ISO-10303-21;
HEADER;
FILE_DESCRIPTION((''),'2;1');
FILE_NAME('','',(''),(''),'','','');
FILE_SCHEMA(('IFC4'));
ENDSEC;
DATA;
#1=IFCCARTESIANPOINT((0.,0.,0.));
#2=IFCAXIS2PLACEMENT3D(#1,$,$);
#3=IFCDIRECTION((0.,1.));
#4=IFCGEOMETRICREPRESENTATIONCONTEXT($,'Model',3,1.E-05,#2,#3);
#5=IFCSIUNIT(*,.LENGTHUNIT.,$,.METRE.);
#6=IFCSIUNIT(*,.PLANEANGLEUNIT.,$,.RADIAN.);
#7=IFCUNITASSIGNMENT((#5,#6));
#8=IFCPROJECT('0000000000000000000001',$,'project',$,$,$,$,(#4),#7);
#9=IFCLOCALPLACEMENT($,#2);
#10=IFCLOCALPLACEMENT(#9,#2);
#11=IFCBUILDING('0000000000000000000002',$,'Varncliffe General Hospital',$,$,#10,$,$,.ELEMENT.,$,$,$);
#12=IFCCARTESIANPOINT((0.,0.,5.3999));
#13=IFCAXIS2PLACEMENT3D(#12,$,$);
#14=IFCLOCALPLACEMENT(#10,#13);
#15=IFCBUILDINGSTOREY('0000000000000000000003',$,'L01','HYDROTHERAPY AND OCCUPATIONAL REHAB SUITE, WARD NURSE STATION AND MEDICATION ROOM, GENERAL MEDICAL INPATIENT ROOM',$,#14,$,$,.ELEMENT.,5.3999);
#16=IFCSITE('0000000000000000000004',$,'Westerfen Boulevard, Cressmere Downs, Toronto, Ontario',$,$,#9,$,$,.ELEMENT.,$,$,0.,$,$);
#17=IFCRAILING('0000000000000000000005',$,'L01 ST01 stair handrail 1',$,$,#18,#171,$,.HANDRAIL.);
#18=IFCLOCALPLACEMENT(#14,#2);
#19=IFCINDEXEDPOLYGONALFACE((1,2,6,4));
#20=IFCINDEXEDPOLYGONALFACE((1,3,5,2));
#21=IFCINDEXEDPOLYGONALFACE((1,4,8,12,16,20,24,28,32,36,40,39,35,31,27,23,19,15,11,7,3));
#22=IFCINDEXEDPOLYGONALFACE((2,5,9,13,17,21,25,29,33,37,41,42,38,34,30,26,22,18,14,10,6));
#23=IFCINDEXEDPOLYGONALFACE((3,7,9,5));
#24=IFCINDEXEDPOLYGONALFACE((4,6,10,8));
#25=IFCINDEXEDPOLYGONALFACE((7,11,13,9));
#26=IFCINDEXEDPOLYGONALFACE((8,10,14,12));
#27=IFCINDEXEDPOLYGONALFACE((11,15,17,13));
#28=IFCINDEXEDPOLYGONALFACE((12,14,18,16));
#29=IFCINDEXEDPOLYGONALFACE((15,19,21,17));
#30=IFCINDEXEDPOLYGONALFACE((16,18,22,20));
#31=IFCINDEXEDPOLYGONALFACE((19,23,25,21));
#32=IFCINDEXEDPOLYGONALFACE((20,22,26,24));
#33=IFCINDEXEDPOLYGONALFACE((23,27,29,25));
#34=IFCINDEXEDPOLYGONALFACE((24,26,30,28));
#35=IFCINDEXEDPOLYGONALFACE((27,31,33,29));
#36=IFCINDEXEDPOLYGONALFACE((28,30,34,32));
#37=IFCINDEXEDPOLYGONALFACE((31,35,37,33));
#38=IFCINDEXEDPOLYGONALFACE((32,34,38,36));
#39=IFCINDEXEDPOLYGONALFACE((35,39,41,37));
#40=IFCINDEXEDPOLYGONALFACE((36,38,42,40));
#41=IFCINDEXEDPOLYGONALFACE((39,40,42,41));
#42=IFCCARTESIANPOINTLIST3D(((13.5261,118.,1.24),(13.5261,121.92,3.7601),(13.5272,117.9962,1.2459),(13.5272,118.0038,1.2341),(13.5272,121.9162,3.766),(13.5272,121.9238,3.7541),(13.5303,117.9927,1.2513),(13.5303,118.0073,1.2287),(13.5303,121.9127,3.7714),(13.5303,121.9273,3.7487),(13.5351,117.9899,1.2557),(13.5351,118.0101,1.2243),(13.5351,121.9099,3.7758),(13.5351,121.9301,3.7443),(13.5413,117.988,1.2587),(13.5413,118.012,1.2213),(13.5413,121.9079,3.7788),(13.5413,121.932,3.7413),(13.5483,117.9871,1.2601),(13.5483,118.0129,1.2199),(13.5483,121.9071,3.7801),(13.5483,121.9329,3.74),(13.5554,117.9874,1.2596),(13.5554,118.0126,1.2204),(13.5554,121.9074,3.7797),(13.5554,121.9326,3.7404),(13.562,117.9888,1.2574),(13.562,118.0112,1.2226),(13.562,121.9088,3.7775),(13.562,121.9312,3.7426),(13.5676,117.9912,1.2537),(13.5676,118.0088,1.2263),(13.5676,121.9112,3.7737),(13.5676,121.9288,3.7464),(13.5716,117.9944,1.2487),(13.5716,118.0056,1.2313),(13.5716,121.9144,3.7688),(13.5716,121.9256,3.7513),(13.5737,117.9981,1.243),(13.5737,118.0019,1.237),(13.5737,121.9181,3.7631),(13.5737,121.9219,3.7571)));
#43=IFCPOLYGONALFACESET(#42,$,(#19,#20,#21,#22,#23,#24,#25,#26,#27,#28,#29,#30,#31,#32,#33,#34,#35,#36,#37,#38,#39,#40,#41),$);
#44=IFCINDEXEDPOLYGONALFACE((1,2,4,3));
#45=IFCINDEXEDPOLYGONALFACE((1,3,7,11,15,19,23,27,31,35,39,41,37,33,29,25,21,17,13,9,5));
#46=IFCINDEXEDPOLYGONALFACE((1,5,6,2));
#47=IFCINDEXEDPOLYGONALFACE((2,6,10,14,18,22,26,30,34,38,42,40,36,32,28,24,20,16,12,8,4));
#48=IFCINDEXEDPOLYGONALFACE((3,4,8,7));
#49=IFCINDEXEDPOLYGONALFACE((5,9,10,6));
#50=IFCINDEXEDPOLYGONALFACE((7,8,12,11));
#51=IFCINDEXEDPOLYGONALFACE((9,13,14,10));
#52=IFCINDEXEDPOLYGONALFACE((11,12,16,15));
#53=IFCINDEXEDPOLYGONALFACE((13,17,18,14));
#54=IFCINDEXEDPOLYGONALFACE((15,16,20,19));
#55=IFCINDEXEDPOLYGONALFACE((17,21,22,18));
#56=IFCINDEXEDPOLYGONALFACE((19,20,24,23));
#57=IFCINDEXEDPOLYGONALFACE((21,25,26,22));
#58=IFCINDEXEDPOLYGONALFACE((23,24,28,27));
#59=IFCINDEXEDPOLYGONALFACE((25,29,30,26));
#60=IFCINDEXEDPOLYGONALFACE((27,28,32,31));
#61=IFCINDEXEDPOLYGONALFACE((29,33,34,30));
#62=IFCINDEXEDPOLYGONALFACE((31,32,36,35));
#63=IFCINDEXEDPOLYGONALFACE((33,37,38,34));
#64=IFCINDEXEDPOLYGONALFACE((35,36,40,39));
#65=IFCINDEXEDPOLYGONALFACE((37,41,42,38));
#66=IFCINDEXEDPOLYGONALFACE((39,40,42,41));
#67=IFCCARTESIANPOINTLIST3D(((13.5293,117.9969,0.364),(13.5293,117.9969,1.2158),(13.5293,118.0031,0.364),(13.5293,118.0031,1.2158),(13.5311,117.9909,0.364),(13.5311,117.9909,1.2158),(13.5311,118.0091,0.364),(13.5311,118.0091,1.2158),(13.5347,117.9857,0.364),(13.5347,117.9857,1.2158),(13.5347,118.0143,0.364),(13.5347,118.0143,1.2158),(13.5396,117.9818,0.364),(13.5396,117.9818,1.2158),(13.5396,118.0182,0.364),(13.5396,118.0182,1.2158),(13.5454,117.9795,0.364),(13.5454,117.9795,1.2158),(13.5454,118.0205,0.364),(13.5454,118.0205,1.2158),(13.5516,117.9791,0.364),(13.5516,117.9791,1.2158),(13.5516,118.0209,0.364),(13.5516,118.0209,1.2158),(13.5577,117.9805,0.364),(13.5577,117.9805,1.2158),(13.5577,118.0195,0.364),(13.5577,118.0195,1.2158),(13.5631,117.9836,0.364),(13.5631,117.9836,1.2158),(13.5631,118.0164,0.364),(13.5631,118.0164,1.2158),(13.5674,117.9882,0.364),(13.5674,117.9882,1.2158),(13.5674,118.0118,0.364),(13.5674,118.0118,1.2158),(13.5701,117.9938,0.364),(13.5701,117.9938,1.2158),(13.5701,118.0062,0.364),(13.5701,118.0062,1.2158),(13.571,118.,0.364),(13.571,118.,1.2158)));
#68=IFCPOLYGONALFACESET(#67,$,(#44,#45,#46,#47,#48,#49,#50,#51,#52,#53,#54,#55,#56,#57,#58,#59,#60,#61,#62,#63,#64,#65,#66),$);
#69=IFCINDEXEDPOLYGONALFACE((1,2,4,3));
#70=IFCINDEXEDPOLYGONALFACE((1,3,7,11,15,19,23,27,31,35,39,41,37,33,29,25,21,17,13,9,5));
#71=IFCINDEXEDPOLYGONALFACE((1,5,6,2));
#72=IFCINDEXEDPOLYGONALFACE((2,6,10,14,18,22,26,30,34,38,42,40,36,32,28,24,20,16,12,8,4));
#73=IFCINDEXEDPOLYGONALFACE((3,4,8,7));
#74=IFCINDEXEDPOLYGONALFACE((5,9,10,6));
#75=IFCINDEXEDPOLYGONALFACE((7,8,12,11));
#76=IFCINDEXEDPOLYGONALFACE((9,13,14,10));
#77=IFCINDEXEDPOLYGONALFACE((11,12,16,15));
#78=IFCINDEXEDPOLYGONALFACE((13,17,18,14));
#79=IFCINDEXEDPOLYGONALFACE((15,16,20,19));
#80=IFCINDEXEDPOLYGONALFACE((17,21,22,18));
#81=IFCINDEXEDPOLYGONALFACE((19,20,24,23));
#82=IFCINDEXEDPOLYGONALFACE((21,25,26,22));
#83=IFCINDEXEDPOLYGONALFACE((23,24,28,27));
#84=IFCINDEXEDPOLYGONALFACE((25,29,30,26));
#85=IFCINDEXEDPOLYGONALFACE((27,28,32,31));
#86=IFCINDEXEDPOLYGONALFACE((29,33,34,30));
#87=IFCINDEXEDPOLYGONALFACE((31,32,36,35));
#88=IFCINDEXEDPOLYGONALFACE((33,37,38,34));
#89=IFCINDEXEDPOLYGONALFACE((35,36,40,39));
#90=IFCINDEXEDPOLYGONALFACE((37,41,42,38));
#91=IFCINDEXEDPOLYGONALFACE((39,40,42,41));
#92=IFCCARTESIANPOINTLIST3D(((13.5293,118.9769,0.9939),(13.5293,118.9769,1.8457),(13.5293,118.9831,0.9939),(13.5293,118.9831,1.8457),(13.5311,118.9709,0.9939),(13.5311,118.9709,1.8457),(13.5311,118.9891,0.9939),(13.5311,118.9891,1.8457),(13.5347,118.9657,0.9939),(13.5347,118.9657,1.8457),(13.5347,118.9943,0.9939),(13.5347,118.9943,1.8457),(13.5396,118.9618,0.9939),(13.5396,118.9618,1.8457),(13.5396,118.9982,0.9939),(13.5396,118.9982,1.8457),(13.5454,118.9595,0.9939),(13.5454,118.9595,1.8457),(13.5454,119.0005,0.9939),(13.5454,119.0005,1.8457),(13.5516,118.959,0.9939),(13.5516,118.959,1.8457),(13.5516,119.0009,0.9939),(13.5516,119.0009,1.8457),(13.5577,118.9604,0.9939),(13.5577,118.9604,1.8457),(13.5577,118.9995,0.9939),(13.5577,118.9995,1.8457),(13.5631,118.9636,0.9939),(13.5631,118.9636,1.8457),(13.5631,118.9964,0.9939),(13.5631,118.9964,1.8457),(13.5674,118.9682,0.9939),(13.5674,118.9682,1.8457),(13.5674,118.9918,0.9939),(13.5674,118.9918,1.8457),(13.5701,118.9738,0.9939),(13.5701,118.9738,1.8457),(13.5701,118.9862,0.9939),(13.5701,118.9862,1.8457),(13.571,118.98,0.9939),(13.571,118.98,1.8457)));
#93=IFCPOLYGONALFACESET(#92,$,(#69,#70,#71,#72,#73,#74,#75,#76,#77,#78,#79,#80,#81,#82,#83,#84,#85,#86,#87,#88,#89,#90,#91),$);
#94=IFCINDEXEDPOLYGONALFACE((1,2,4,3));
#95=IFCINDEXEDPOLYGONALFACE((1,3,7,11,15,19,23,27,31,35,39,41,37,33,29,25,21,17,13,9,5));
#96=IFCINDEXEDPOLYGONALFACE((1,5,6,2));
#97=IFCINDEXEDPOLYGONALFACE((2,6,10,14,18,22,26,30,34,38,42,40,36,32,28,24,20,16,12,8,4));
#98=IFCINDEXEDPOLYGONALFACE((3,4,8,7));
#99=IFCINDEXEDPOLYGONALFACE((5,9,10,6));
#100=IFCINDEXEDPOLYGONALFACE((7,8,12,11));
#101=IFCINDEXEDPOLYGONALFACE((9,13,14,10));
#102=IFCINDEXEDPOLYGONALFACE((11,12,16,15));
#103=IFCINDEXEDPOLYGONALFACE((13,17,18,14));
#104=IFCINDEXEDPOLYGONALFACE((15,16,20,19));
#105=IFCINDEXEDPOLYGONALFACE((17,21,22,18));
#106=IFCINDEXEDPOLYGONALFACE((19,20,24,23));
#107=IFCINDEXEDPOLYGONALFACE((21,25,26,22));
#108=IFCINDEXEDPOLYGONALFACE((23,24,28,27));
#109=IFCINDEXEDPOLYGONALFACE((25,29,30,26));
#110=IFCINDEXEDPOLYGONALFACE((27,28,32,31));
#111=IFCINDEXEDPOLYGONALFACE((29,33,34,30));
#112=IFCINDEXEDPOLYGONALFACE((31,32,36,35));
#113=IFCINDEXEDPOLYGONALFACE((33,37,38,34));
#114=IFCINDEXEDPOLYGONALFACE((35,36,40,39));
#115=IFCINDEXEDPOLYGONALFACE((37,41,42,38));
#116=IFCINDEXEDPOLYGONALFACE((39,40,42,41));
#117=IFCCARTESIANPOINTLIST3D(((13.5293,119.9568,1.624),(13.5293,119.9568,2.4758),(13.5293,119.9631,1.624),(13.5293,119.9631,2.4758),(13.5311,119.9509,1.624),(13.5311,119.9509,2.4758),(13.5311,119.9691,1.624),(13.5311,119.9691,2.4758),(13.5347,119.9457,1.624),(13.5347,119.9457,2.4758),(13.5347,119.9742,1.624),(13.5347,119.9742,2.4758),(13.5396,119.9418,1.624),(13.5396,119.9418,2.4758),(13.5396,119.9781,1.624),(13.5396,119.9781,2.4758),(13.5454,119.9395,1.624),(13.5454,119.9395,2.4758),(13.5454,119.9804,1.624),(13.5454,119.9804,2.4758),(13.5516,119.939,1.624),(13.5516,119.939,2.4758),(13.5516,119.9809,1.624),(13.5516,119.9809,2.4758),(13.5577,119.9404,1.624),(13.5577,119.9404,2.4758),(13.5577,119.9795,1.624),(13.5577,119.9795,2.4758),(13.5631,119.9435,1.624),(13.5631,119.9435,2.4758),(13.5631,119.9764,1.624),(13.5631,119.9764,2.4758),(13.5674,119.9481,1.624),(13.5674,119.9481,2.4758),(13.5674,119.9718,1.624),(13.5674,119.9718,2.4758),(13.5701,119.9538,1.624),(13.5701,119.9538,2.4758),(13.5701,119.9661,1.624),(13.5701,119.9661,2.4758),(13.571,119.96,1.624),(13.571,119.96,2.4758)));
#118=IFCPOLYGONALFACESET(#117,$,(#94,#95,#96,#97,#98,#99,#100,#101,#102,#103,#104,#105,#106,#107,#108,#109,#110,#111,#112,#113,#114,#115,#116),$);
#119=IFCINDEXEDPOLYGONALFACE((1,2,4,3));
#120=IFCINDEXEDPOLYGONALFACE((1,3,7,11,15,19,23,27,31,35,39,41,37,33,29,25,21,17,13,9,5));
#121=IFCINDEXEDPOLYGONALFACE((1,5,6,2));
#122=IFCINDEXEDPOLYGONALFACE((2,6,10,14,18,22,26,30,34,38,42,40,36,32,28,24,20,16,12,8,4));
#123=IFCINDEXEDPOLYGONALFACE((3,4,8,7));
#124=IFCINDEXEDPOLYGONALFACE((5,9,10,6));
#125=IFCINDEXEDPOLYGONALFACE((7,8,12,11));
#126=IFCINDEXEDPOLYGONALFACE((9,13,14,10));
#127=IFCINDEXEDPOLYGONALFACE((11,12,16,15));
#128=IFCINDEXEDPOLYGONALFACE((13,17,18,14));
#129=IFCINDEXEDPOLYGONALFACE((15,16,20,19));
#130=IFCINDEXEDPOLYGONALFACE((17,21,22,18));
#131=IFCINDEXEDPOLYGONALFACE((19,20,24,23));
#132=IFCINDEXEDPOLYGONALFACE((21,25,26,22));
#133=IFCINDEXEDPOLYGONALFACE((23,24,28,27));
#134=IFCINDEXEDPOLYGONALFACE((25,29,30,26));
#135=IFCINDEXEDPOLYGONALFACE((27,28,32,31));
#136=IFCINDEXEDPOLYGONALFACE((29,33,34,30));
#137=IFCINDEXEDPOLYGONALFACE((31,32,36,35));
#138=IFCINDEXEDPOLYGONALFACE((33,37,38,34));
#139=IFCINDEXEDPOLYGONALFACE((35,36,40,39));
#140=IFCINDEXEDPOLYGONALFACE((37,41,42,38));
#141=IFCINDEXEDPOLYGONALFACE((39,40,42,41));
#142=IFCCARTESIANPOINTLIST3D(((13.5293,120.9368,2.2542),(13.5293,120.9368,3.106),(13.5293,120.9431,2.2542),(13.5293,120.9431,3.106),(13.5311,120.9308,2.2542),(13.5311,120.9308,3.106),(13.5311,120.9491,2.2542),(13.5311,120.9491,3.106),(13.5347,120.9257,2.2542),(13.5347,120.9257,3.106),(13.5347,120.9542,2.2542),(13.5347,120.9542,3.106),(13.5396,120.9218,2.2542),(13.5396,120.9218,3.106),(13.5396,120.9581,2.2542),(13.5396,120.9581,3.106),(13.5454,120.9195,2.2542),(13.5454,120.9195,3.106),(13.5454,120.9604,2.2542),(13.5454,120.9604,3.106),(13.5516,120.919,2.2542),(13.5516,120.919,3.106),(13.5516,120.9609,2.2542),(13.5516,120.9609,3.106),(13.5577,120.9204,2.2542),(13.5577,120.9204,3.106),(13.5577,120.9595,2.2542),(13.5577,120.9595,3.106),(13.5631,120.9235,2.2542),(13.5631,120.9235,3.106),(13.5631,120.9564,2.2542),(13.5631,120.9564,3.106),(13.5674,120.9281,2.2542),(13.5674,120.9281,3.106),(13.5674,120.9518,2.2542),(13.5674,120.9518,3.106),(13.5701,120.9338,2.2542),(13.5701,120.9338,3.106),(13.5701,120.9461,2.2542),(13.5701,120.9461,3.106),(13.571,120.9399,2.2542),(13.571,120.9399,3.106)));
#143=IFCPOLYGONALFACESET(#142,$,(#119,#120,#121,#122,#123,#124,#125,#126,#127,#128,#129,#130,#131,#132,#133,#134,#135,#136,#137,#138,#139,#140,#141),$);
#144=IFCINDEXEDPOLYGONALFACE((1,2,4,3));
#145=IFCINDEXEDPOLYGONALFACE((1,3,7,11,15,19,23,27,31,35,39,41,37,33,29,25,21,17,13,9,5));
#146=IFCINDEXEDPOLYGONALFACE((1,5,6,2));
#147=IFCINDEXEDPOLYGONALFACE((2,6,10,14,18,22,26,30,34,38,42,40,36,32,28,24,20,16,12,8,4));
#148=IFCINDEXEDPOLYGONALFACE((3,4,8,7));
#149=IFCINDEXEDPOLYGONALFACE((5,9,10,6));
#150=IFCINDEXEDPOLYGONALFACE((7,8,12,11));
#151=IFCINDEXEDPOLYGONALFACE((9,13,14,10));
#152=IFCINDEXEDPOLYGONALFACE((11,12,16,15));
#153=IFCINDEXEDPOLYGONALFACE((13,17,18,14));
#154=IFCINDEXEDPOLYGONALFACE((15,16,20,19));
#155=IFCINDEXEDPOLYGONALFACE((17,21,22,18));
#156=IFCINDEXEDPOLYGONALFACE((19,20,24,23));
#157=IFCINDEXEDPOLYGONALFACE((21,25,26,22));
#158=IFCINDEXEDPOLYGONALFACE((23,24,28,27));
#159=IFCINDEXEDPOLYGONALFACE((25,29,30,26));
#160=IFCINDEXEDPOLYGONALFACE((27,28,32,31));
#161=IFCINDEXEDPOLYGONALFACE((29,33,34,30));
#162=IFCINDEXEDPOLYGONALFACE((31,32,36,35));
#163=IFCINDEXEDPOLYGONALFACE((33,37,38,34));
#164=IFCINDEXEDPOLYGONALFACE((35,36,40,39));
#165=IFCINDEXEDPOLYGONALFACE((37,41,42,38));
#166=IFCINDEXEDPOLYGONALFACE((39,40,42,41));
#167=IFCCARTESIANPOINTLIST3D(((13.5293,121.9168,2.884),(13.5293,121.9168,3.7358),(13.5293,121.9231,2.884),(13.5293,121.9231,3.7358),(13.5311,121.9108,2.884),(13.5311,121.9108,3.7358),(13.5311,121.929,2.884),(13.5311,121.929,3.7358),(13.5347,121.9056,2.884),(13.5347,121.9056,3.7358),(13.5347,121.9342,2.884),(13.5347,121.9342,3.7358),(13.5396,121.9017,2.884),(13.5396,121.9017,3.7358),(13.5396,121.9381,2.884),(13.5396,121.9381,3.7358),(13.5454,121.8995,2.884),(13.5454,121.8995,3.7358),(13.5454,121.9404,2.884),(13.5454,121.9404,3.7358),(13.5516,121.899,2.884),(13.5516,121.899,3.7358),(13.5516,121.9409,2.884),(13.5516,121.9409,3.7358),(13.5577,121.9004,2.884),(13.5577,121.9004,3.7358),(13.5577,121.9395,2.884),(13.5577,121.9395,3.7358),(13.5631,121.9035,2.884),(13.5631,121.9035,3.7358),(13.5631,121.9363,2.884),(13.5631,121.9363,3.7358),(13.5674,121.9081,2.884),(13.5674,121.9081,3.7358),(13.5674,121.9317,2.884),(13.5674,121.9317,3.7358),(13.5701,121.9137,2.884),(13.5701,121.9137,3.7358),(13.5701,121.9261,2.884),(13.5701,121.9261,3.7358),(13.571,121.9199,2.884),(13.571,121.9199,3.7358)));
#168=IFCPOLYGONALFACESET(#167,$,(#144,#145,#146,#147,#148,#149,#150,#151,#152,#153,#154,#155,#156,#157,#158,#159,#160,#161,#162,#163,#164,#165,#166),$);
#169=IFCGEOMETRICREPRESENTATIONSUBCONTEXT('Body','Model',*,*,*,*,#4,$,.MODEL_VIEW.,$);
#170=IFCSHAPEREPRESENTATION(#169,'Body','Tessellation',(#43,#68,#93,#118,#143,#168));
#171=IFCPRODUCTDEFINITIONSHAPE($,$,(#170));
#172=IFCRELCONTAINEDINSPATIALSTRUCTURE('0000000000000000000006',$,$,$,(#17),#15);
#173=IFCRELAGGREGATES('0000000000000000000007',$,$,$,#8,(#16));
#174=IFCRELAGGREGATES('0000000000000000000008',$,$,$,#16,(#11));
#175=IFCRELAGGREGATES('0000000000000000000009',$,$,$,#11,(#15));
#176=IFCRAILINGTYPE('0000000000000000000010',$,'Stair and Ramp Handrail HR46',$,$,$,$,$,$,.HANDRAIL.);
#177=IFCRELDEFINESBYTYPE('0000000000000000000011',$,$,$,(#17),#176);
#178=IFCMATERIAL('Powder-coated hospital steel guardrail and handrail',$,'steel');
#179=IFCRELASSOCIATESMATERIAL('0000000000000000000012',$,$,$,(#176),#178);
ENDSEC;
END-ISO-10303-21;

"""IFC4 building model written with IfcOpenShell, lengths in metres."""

from ifc_helpers import new_model, si_unit, direction, frame, origin, origin_2d, place, context, subcontext, project, spatial, circle, extrude, material, type_object, element, save


model = new_model("IFC4")

# Units and contexts
model_context = context("Model", 3, precision=1e-05, world=origin(), true_north=direction((0.0, 1.0)))
body_context = subcontext(model_context, "Body", "Model", "MODEL_VIEW")
ifc_project = project(units=[si_unit("LENGTHUNIT", "METRE"), si_unit("PLANEANGLEUNIT", "RADIAN")], contexts=[model_context])

# Site, building, storey
site_placement = place(None, origin())
site = spatial("IfcSite", under=ifc_project, at=site_placement, Name="Westerfen Boulevard, Cressmere Downs, Toronto, Ontario", CompositionType="ELEMENT", RefElevation=0.0)
building_placement = place(site_placement, origin())
building = spatial("IfcBuilding", under=site, at=building_placement, Name="Varncliffe General Hospital", CompositionType="ELEMENT")
storey_placement = place(building_placement, frame((0.0, 0.0, 5.3999)))
storey = spatial("IfcBuildingStorey", under=building, at=storey_placement, Name="L01", Description="HYDROTHERAPY AND OCCUPATIONAL REHAB SUITE, WARD NURSE STATION AND MEDICATION ROOM, GENERAL MEDICAL INPATIENT ROOM", CompositionType="ELEMENT", Elevation=5.3999)

# Railing
ifc_material_1 = material(Name="Powder-coated hospital steel guardrail and handrail", Category="steel")
railing_type_1 = type_object("IfcRailingType", Name="Stair and Ramp Handrail HR46", PredefinedType="HANDRAIL", material=ifc_material_1)
railing_1_placement = place(storey_placement, frame((13.55, 118.0, 0.364)))
element("IfcRailing", 1, at=railing_1_placement, inside=storey, type_object=railing_type_1, Name="L01 ST01 stair handrail 1", PredefinedType="HANDRAIL", context=body_context, shape_type="SweptSolid", body=[
    extrude(circle(Radius=0.0239, at=origin_2d()), frame((0.0, 0.0, 0.876), z_axis=(0.0, 0.841172, 0.540768), x_axis=(-1.0, 0.0, 0.0)), (0.0, 0.0, 1.0), 4.6602),
    extrude(circle(Radius=0.021, at=origin_2d()), origin(), (0.0, 0.0, 1.0), 0.8518),
    extrude(circle(Radius=0.021, at=origin_2d()), frame((0.0, 0.98, 0.6299)), (0.0, 0.0, 1.0), 0.8518),
    extrude(circle(Radius=0.021, at=origin_2d()), frame((0.0, 1.96, 1.26)), (0.0, 0.0, 1.0), 0.8518),
    extrude(circle(Radius=0.021, at=origin_2d()), frame((0.0, 2.9399, 1.8901)), (0.0, 0.0, 1.0), 0.8518),
    extrude(circle(Radius=0.021, at=origin_2d()), frame((0.0, 3.9199, 2.52)), (0.0, 0.0, 1.0), 0.8518),
])

save(model, "model.ifc")
